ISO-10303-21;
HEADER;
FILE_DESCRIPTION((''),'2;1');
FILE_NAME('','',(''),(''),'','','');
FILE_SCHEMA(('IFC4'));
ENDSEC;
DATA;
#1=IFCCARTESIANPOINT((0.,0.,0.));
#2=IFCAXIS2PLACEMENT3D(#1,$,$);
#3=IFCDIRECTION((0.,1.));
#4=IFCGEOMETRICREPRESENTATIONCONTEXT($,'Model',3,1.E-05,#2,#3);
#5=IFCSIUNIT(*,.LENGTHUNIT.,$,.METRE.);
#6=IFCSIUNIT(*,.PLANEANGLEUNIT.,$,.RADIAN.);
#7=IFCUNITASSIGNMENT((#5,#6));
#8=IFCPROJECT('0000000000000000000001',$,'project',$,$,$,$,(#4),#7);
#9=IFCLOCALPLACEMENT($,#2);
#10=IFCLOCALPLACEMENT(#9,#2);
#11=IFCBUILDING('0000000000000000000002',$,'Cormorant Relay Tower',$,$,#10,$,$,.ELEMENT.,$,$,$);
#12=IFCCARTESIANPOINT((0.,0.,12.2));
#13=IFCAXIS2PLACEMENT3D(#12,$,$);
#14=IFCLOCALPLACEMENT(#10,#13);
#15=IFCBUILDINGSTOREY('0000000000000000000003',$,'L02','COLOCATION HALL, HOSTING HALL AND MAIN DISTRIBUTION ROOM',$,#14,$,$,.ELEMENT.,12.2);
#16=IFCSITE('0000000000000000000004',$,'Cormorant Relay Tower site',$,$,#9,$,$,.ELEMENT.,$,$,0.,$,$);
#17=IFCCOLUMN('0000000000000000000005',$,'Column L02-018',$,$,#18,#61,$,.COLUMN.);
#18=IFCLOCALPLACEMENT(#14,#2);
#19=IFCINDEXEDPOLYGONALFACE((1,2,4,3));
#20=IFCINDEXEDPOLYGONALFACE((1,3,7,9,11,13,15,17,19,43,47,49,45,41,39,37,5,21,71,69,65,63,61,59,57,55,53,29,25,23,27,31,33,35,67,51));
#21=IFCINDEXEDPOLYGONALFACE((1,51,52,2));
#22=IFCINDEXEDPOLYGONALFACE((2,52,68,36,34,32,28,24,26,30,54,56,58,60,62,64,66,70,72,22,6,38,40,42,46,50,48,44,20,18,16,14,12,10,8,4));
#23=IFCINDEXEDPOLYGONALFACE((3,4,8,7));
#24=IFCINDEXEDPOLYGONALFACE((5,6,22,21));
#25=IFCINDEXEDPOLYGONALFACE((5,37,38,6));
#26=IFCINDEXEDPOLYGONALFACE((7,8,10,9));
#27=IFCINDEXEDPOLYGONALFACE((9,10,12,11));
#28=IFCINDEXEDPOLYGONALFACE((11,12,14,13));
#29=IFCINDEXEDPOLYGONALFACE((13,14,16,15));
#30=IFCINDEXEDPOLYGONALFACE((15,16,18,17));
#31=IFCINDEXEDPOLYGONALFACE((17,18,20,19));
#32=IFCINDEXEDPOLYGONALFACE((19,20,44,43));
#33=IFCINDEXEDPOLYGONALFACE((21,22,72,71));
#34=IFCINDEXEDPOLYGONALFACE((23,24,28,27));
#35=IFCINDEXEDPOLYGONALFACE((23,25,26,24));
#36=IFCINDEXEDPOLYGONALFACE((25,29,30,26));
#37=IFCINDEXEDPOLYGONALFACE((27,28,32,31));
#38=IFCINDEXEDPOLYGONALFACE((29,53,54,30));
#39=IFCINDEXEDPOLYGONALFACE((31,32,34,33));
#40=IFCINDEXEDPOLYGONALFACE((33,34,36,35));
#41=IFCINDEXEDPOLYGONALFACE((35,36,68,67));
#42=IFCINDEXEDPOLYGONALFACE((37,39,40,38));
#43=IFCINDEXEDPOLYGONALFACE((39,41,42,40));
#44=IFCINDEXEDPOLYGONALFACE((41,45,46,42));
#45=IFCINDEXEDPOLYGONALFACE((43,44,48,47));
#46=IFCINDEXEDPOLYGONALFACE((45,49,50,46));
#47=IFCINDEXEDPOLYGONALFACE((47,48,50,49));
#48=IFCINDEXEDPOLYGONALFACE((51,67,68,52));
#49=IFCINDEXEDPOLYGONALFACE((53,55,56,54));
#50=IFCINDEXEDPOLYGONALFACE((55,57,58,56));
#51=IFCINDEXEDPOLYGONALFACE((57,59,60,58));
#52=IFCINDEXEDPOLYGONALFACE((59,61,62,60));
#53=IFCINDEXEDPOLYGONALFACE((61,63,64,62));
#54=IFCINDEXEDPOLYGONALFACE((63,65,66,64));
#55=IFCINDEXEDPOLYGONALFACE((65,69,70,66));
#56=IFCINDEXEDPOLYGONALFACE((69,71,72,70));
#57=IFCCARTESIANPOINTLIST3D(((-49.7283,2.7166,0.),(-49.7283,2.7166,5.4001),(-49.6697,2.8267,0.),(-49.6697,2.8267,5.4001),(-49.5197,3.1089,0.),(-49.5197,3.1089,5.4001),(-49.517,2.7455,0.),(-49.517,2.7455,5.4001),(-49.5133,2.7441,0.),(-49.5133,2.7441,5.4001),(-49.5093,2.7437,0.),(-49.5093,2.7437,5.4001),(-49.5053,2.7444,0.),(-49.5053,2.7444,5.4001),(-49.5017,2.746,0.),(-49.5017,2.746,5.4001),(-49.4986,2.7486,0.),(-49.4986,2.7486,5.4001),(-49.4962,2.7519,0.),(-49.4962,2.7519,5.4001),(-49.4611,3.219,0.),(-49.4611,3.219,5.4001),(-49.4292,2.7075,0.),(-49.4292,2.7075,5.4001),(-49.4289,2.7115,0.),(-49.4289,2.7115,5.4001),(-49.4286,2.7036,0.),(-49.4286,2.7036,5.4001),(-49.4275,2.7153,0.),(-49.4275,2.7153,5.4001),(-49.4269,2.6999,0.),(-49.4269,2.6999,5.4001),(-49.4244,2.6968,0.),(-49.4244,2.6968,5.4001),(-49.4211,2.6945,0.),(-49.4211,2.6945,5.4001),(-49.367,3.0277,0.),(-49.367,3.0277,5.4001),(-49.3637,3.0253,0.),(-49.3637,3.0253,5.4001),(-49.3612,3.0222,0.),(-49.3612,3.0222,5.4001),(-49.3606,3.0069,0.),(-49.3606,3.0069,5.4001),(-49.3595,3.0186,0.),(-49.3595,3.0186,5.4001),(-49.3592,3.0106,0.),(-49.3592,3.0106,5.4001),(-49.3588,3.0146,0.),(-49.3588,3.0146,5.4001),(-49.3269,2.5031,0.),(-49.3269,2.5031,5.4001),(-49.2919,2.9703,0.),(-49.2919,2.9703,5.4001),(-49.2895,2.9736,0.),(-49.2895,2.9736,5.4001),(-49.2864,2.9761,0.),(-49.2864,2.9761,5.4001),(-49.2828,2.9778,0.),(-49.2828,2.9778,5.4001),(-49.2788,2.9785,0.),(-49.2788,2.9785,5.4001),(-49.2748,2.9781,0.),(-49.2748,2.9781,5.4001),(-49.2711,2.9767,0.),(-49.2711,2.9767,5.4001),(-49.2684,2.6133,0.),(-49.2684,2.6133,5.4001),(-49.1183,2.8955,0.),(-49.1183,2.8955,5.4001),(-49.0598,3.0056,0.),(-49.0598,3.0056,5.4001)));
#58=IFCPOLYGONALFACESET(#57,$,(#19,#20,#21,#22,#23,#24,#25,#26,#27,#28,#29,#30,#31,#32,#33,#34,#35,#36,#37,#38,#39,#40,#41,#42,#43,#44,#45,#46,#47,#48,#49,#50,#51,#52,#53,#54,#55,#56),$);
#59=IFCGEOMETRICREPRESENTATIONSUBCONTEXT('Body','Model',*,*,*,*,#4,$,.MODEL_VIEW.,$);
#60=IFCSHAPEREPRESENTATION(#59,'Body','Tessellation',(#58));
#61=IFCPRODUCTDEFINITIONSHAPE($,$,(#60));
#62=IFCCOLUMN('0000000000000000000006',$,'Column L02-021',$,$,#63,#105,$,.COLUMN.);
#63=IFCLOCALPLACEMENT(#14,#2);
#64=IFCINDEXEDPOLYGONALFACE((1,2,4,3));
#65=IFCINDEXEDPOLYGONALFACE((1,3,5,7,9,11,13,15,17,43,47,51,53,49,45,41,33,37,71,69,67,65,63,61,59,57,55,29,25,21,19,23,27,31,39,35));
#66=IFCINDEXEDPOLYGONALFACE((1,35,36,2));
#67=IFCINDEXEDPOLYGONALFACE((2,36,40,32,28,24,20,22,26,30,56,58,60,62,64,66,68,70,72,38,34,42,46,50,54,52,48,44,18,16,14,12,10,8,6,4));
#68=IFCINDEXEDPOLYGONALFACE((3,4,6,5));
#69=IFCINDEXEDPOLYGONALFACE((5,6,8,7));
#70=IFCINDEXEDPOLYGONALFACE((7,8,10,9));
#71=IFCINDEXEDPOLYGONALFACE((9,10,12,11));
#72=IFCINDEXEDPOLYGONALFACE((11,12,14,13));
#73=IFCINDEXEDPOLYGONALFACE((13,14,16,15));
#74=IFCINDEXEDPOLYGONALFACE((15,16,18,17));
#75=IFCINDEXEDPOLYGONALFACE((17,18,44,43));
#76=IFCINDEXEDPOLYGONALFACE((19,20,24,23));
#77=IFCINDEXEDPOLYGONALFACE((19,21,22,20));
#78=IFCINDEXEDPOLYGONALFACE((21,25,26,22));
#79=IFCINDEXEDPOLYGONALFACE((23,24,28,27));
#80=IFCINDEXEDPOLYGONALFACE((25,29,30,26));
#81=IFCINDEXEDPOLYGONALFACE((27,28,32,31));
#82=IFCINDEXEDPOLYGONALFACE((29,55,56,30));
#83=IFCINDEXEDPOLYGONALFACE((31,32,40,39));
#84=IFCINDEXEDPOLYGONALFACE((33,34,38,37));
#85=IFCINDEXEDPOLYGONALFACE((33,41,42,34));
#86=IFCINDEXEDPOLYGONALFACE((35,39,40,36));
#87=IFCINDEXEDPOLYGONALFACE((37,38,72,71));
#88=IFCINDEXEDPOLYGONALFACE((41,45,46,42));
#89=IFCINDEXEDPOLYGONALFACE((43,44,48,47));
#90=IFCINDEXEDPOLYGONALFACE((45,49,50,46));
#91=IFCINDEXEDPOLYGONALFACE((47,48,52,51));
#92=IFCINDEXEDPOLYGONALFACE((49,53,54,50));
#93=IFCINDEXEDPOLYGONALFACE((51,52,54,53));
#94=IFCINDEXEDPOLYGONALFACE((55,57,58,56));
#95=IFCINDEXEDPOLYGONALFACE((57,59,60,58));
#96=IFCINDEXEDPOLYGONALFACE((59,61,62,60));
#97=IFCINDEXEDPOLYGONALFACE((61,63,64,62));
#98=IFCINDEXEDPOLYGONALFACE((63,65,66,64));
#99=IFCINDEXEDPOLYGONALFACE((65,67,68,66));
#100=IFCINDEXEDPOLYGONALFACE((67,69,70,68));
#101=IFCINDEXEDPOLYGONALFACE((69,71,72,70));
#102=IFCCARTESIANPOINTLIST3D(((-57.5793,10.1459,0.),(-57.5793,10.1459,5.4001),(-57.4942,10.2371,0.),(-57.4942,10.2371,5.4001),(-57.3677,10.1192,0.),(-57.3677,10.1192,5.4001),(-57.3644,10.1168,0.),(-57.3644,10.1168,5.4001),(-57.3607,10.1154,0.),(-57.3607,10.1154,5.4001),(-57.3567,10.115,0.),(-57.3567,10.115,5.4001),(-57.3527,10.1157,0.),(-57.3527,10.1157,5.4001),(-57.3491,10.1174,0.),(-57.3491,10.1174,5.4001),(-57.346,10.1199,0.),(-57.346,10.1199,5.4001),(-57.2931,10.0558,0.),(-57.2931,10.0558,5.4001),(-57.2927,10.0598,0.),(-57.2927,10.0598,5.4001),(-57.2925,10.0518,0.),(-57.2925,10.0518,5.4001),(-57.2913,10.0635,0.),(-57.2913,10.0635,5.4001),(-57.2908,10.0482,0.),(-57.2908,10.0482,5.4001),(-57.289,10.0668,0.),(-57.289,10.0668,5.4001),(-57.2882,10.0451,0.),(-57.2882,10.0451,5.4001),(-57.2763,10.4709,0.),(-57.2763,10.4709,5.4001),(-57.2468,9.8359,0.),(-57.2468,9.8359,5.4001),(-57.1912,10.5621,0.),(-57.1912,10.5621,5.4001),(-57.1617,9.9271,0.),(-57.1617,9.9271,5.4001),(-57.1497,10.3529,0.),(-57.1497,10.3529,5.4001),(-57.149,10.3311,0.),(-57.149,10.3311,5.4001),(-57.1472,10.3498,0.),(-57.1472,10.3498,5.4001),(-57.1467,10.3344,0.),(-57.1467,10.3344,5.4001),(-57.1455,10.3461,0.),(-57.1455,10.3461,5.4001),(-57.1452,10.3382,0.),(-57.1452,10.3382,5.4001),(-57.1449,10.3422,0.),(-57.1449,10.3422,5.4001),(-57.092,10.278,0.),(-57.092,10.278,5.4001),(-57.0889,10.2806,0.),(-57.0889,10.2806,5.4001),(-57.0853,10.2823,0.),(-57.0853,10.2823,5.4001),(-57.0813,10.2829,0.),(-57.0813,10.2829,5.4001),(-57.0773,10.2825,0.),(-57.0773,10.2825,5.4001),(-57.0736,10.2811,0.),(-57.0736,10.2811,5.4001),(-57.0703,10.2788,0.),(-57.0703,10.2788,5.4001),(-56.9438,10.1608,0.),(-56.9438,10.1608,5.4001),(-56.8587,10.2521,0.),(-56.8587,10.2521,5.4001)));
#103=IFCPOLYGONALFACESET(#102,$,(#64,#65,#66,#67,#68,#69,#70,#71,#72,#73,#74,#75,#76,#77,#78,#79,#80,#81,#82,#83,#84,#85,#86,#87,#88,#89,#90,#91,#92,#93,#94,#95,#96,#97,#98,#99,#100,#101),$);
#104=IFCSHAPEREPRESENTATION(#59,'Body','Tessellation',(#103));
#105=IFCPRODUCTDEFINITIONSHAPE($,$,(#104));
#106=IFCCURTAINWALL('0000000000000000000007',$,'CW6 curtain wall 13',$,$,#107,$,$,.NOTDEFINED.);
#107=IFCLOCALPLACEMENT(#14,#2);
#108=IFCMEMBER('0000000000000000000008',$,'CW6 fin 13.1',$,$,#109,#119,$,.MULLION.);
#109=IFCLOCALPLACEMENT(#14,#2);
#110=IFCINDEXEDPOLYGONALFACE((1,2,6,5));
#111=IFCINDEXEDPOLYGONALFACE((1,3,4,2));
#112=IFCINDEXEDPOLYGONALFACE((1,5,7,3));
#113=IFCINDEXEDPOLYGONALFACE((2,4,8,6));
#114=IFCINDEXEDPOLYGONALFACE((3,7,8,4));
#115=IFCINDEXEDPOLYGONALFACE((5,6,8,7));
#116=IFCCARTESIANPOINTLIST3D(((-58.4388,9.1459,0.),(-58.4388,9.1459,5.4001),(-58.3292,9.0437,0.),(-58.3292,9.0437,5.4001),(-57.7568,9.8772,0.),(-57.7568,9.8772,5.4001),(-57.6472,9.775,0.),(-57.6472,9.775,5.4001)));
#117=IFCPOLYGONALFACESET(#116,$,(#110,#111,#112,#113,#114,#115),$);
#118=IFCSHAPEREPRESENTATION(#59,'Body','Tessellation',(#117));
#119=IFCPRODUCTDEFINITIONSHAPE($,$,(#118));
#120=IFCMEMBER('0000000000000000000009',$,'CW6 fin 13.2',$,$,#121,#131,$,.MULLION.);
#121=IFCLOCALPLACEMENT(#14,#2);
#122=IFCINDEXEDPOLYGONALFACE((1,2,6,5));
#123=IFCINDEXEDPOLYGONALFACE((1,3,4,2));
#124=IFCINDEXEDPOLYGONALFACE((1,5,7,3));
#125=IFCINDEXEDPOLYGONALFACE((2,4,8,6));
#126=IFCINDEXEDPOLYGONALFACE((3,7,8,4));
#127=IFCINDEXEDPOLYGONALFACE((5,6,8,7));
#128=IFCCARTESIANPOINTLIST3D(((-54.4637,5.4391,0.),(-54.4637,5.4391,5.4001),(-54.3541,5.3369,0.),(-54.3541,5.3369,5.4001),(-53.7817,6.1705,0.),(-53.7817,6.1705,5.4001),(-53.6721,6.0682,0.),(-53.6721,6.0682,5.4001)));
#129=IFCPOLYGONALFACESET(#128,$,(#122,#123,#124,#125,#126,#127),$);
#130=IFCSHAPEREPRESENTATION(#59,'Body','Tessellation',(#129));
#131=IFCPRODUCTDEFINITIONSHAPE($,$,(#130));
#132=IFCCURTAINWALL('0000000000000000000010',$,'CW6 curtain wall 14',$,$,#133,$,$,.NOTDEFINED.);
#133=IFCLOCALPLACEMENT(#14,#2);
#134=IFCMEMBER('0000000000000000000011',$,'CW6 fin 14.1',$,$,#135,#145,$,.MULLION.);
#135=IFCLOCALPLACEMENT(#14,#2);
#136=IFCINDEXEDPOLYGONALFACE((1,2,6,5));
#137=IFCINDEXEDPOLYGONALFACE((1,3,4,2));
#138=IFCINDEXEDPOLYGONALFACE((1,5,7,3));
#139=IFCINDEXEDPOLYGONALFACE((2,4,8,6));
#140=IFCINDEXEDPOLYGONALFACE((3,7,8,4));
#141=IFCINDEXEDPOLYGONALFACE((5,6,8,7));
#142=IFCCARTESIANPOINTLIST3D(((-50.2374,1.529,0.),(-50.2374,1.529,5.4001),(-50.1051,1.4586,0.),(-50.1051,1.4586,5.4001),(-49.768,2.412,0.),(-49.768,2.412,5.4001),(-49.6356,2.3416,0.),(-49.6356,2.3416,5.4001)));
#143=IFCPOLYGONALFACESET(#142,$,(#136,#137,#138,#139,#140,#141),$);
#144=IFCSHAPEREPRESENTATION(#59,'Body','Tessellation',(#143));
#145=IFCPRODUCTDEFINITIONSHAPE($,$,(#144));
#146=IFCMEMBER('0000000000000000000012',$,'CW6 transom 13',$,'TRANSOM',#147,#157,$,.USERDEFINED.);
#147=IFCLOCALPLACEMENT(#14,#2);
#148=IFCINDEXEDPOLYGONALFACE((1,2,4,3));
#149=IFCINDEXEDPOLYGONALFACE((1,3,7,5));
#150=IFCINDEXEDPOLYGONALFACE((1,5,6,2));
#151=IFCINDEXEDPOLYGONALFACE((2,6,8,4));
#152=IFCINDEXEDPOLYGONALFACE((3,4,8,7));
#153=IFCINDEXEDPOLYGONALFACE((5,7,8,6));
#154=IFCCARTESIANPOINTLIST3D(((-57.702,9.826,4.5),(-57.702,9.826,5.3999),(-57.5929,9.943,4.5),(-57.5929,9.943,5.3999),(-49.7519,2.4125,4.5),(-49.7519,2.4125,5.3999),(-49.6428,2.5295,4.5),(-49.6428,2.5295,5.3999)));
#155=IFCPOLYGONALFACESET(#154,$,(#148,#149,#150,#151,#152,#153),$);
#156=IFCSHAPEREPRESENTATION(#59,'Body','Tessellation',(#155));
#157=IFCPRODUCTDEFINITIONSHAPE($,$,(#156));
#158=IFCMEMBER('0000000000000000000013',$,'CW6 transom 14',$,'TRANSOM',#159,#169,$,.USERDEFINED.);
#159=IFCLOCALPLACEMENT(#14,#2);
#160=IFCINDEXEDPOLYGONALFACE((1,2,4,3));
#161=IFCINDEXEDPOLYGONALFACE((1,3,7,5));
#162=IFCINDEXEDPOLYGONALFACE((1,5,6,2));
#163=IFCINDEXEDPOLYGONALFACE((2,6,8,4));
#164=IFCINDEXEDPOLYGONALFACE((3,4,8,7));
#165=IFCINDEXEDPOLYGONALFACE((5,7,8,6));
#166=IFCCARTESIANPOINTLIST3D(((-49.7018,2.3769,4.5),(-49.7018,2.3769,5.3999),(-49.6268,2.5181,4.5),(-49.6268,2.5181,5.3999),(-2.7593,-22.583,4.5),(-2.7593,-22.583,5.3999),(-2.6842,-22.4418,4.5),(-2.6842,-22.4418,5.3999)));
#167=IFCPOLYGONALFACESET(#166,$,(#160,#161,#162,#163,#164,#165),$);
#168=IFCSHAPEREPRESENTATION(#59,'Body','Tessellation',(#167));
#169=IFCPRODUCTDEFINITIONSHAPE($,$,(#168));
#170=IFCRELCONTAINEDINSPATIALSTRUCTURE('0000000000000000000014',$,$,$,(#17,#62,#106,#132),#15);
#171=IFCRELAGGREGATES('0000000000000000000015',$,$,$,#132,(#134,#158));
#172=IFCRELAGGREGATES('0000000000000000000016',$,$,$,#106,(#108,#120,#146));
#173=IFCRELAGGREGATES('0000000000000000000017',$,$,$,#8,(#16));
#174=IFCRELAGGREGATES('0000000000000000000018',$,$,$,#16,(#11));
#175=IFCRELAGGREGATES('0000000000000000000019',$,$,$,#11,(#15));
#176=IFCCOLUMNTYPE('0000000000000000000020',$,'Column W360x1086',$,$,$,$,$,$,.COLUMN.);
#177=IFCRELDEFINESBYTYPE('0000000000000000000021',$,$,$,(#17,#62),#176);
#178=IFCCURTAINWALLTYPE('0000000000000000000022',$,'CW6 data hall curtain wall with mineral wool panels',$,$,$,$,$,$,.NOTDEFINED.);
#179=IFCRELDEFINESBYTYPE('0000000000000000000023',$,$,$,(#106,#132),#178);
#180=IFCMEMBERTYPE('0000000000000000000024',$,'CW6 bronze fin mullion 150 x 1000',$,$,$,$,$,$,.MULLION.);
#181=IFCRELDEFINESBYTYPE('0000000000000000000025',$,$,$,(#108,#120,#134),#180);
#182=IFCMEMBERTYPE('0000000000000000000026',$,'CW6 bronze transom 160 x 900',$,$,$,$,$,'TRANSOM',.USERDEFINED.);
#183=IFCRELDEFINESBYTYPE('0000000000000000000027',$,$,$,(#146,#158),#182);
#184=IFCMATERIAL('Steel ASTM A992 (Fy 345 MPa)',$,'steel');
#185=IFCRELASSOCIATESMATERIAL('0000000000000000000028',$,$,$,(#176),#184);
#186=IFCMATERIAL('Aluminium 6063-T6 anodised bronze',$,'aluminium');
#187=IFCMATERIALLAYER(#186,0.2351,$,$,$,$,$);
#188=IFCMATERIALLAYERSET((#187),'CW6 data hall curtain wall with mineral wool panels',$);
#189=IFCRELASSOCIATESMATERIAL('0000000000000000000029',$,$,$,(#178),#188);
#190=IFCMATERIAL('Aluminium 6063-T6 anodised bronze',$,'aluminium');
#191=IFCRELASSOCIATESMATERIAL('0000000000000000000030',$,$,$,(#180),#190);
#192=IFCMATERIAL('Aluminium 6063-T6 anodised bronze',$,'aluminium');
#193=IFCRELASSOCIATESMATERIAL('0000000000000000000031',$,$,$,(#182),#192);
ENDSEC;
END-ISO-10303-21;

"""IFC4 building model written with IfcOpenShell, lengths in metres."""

from ifc_helpers import new_model, si_unit, direction, frame, origin, origin_2d, place, context, subcontext, project, spatial, rectangle, i_section, extrude, material, layer, layer_set, material_profile, profile_set, type_object, element, aggregate, save


model = new_model("IFC4")

# Units and contexts
model_context = context("Model", 3, precision=1e-05, world=origin(), true_north=direction((0.0, 1.0)))
body_context = subcontext(model_context, "Body", "Model", "MODEL_VIEW")
ifc_project = project(units=[si_unit("LENGTHUNIT", "METRE"), si_unit("PLANEANGLEUNIT", "RADIAN")], contexts=[model_context])

# Site, building, storey
site_placement = place(None, origin())
site = spatial("IfcSite", under=ifc_project, at=site_placement, Name="Cormorant Relay Tower site", CompositionType="ELEMENT", RefElevation=0.0)
building_placement = place(site_placement, origin())
building = spatial("IfcBuilding", under=site, at=building_placement, Name="Cormorant Relay Tower", CompositionType="ELEMENT")
storey_placement = place(building_placement, frame((0.0, 0.0, 12.2)))
storey = spatial("IfcBuildingStorey", under=building, at=storey_placement, Name="L02", Description="COLOCATION HALL, HOSTING HALL AND MAIN DISTRIBUTION ROOM", CompositionType="ELEMENT", Elevation=12.2)

# Columns
ifc_material_1 = material(Name="Steel ASTM A992 (Fy 345 MPa)", Category="steel")
ifc_material_profile_1 = material_profile(ifc_material_1, i_section(OverallWidth=0.4546, OverallDepth=0.5691, WebThickness=0.0779, FlangeThickness=0.1248, FilletRadius=0.0154, at=origin_2d()), Name="W360x1086")
ifc_profile_set_1 = profile_set([ifc_material_profile_1], Name="Steel ASTM A992 (Fy 345 MPa)")
column_type = type_object("IfcColumnType", Name="Column W360x1086", PredefinedType="COLUMN", material=ifc_profile_set_1)
for number, where, z_axis, x_axis, name in (
    (1, (-49.394, 2.8611, 0.0), (0.0, 0.0, 1.0), (0.882948, -0.469472, 0.0), "Column L02-018"),
    (2, (-57.219, 10.199, 0.0), (0.0, 0.0, 1.0), (0.731354, -0.681998, 0.0), "Column L02-021"),
):
    element("IfcColumn", number, at=place(storey_placement, frame(where, z_axis=z_axis, x_axis=x_axis)), inside=storey, type_object=column_type, Name=name, PredefinedType="COLUMN", context=body_context, shape_type="SweptSolid", body=[
        extrude(i_section(OverallWidth=0.4546, OverallDepth=0.5691, WebThickness=0.0779, FlangeThickness=0.1248, FilletRadius=0.0154, at=origin_2d()), origin(), (0.0, 0.0, 1.0), 5.4001),
    ])

# Curtain wall, members
ifc_material_2 = material(Name="Aluminium 6063-T6 anodised bronze", Category="aluminium")
ifc_layer_1 = layer(ifc_material_2, 0.2351)
ifc_layer_set_1 = layer_set([ifc_layer_1], Name="CW6 data hall curtain wall with mineral wool panels")
curtain_wall_type = type_object("IfcCurtainWallType", Name="CW6 data hall curtain wall with mineral wool panels", PredefinedType="NOTDEFINED", material=ifc_layer_set_1)
curtain_wall_1_placement = place(storey_placement, origin())
curtain_wall_1 = element("IfcCurtainWall", 3, at=curtain_wall_1_placement, inside=storey, type_object=curtain_wall_type, Name="CW6 curtain wall 13", PredefinedType="NOTDEFINED")
ifc_material_3 = material(Name="Aluminium 6063-T6 anodised bronze", Category="aluminium")
ifc_material_profile_2 = material_profile(ifc_material_3, rectangle(XDim=0.1499, YDim=1.0, at=origin_2d()), Name="AL 150x1000")
ifc_profile_set_2 = profile_set([ifc_material_profile_2], Name="Aluminium 6063-T6 anodised bronze")
member_type_1 = type_object("IfcMemberType", Name="CW6 bronze fin mullion 150 x 1000", PredefinedType="MULLION", material=ifc_profile_set_2)
member_1_placement = place(storey_placement, frame((-58.043, 9.4604, 0.0), z_axis=(0.0, 0.0, 1.0), x_axis=(0.731354, -0.681998, 0.0)))
member_1 = element("IfcMember", 4, at=member_1_placement, type_object=member_type_1, Name="CW6 fin 13.1", PredefinedType="MULLION", context=body_context, shape_type="SweptSolid", body=[
    extrude(rectangle(XDim=0.1499, YDim=1.0, at=origin_2d()), origin(), (0.0, 0.0, 1.0), 5.4001),
])
member_2_placement = place(storey_placement, frame((-54.0679, 5.7537, 0.0), z_axis=(0.0, 0.0, 1.0), x_axis=(0.731354, -0.681998, 0.0)))
member_2 = element("IfcMember", 5, at=member_2_placement, type_object=member_type_1, Name="CW6 fin 13.2", PredefinedType="MULLION", context=body_context, shape_type="SweptSolid", body=[
    extrude(rectangle(XDim=0.1499, YDim=1.0, at=origin_2d()), origin(), (0.0, 0.0, 1.0), 5.4001),
])

# Curtain wall, member
curtain_wall_2_placement = place(storey_placement, origin())
curtain_wall_2 = element("IfcCurtainWall", 6, at=curtain_wall_2_placement, inside=storey, type_object=curtain_wall_type, Name="CW6 curtain wall 14", PredefinedType="NOTDEFINED")
member_3_placement = place(storey_placement, frame((-49.9365, 1.9353, 0.0), z_axis=(0.0, 0.0, 1.0), x_axis=(0.882948, -0.469472, 0.0)))
member_3 = element("IfcMember", 7, at=member_3_placement, type_object=member_type_1, Name="CW6 fin 14.1", PredefinedType="MULLION", context=body_context, shape_type="SweptSolid", body=[
    extrude(rectangle(XDim=0.1499, YDim=1.0, at=origin_2d()), origin(), (0.0, 0.0, 1.0), 5.4001),
])

# Members
ifc_material_4 = material(Name="Aluminium 6063-T6 anodised bronze", Category="aluminium")
ifc_material_profile_3 = material_profile(ifc_material_4, rectangle(XDim=0.1599, YDim=0.8999, at=origin_2d()), Name="AL 160x900")
ifc_profile_set_3 = profile_set([ifc_material_profile_3], Name="Aluminium 6063-T6 anodised bronze")
member_type_2 = type_object("IfcMemberType", Name="CW6 bronze transom 160 x 900", ElementType="TRANSOM", PredefinedType="USERDEFINED", material=ifc_profile_set_3)
member_4_placement = place(storey_placement, frame((-57.6475, 9.8845, 4.95), z_axis=(0.731358, -0.681993, 0.0), x_axis=(0.681993, 0.731358, 0.0)))
member_4 = element("IfcMember", 8, at=member_4_placement, type_object=member_type_2, Name="CW6 transom 13", ObjectType="TRANSOM", PredefinedType="USERDEFINED", context=body_context, shape_type="SweptSolid", body=[
    extrude(rectangle(XDim=0.1599, YDim=0.8999, at=origin_2d()), origin(), (0.0, 0.0, 1.0), 10.8704),
])
member_5_placement = place(storey_placement, frame((-49.6643, 2.4475, 4.95), z_axis=(0.882947, -0.469473, 0.0), x_axis=(0.469473, 0.882947, 0.0)))
member_5 = element("IfcMember", 9, at=member_5_placement, type_object=member_type_2, Name="CW6 transom 14", ObjectType="TRANSOM", PredefinedType="USERDEFINED", context=body_context, shape_type="SweptSolid", body=[
    extrude(rectangle(XDim=0.1599, YDim=0.8999, at=origin_2d()), origin(), (0.0, 0.0, 1.0), 53.1658),
])
aggregate(curtain_wall_2, [member_3, member_5])

aggregate(curtain_wall_1, [member_1, member_2, member_4])

save(model, "model.ifc")
